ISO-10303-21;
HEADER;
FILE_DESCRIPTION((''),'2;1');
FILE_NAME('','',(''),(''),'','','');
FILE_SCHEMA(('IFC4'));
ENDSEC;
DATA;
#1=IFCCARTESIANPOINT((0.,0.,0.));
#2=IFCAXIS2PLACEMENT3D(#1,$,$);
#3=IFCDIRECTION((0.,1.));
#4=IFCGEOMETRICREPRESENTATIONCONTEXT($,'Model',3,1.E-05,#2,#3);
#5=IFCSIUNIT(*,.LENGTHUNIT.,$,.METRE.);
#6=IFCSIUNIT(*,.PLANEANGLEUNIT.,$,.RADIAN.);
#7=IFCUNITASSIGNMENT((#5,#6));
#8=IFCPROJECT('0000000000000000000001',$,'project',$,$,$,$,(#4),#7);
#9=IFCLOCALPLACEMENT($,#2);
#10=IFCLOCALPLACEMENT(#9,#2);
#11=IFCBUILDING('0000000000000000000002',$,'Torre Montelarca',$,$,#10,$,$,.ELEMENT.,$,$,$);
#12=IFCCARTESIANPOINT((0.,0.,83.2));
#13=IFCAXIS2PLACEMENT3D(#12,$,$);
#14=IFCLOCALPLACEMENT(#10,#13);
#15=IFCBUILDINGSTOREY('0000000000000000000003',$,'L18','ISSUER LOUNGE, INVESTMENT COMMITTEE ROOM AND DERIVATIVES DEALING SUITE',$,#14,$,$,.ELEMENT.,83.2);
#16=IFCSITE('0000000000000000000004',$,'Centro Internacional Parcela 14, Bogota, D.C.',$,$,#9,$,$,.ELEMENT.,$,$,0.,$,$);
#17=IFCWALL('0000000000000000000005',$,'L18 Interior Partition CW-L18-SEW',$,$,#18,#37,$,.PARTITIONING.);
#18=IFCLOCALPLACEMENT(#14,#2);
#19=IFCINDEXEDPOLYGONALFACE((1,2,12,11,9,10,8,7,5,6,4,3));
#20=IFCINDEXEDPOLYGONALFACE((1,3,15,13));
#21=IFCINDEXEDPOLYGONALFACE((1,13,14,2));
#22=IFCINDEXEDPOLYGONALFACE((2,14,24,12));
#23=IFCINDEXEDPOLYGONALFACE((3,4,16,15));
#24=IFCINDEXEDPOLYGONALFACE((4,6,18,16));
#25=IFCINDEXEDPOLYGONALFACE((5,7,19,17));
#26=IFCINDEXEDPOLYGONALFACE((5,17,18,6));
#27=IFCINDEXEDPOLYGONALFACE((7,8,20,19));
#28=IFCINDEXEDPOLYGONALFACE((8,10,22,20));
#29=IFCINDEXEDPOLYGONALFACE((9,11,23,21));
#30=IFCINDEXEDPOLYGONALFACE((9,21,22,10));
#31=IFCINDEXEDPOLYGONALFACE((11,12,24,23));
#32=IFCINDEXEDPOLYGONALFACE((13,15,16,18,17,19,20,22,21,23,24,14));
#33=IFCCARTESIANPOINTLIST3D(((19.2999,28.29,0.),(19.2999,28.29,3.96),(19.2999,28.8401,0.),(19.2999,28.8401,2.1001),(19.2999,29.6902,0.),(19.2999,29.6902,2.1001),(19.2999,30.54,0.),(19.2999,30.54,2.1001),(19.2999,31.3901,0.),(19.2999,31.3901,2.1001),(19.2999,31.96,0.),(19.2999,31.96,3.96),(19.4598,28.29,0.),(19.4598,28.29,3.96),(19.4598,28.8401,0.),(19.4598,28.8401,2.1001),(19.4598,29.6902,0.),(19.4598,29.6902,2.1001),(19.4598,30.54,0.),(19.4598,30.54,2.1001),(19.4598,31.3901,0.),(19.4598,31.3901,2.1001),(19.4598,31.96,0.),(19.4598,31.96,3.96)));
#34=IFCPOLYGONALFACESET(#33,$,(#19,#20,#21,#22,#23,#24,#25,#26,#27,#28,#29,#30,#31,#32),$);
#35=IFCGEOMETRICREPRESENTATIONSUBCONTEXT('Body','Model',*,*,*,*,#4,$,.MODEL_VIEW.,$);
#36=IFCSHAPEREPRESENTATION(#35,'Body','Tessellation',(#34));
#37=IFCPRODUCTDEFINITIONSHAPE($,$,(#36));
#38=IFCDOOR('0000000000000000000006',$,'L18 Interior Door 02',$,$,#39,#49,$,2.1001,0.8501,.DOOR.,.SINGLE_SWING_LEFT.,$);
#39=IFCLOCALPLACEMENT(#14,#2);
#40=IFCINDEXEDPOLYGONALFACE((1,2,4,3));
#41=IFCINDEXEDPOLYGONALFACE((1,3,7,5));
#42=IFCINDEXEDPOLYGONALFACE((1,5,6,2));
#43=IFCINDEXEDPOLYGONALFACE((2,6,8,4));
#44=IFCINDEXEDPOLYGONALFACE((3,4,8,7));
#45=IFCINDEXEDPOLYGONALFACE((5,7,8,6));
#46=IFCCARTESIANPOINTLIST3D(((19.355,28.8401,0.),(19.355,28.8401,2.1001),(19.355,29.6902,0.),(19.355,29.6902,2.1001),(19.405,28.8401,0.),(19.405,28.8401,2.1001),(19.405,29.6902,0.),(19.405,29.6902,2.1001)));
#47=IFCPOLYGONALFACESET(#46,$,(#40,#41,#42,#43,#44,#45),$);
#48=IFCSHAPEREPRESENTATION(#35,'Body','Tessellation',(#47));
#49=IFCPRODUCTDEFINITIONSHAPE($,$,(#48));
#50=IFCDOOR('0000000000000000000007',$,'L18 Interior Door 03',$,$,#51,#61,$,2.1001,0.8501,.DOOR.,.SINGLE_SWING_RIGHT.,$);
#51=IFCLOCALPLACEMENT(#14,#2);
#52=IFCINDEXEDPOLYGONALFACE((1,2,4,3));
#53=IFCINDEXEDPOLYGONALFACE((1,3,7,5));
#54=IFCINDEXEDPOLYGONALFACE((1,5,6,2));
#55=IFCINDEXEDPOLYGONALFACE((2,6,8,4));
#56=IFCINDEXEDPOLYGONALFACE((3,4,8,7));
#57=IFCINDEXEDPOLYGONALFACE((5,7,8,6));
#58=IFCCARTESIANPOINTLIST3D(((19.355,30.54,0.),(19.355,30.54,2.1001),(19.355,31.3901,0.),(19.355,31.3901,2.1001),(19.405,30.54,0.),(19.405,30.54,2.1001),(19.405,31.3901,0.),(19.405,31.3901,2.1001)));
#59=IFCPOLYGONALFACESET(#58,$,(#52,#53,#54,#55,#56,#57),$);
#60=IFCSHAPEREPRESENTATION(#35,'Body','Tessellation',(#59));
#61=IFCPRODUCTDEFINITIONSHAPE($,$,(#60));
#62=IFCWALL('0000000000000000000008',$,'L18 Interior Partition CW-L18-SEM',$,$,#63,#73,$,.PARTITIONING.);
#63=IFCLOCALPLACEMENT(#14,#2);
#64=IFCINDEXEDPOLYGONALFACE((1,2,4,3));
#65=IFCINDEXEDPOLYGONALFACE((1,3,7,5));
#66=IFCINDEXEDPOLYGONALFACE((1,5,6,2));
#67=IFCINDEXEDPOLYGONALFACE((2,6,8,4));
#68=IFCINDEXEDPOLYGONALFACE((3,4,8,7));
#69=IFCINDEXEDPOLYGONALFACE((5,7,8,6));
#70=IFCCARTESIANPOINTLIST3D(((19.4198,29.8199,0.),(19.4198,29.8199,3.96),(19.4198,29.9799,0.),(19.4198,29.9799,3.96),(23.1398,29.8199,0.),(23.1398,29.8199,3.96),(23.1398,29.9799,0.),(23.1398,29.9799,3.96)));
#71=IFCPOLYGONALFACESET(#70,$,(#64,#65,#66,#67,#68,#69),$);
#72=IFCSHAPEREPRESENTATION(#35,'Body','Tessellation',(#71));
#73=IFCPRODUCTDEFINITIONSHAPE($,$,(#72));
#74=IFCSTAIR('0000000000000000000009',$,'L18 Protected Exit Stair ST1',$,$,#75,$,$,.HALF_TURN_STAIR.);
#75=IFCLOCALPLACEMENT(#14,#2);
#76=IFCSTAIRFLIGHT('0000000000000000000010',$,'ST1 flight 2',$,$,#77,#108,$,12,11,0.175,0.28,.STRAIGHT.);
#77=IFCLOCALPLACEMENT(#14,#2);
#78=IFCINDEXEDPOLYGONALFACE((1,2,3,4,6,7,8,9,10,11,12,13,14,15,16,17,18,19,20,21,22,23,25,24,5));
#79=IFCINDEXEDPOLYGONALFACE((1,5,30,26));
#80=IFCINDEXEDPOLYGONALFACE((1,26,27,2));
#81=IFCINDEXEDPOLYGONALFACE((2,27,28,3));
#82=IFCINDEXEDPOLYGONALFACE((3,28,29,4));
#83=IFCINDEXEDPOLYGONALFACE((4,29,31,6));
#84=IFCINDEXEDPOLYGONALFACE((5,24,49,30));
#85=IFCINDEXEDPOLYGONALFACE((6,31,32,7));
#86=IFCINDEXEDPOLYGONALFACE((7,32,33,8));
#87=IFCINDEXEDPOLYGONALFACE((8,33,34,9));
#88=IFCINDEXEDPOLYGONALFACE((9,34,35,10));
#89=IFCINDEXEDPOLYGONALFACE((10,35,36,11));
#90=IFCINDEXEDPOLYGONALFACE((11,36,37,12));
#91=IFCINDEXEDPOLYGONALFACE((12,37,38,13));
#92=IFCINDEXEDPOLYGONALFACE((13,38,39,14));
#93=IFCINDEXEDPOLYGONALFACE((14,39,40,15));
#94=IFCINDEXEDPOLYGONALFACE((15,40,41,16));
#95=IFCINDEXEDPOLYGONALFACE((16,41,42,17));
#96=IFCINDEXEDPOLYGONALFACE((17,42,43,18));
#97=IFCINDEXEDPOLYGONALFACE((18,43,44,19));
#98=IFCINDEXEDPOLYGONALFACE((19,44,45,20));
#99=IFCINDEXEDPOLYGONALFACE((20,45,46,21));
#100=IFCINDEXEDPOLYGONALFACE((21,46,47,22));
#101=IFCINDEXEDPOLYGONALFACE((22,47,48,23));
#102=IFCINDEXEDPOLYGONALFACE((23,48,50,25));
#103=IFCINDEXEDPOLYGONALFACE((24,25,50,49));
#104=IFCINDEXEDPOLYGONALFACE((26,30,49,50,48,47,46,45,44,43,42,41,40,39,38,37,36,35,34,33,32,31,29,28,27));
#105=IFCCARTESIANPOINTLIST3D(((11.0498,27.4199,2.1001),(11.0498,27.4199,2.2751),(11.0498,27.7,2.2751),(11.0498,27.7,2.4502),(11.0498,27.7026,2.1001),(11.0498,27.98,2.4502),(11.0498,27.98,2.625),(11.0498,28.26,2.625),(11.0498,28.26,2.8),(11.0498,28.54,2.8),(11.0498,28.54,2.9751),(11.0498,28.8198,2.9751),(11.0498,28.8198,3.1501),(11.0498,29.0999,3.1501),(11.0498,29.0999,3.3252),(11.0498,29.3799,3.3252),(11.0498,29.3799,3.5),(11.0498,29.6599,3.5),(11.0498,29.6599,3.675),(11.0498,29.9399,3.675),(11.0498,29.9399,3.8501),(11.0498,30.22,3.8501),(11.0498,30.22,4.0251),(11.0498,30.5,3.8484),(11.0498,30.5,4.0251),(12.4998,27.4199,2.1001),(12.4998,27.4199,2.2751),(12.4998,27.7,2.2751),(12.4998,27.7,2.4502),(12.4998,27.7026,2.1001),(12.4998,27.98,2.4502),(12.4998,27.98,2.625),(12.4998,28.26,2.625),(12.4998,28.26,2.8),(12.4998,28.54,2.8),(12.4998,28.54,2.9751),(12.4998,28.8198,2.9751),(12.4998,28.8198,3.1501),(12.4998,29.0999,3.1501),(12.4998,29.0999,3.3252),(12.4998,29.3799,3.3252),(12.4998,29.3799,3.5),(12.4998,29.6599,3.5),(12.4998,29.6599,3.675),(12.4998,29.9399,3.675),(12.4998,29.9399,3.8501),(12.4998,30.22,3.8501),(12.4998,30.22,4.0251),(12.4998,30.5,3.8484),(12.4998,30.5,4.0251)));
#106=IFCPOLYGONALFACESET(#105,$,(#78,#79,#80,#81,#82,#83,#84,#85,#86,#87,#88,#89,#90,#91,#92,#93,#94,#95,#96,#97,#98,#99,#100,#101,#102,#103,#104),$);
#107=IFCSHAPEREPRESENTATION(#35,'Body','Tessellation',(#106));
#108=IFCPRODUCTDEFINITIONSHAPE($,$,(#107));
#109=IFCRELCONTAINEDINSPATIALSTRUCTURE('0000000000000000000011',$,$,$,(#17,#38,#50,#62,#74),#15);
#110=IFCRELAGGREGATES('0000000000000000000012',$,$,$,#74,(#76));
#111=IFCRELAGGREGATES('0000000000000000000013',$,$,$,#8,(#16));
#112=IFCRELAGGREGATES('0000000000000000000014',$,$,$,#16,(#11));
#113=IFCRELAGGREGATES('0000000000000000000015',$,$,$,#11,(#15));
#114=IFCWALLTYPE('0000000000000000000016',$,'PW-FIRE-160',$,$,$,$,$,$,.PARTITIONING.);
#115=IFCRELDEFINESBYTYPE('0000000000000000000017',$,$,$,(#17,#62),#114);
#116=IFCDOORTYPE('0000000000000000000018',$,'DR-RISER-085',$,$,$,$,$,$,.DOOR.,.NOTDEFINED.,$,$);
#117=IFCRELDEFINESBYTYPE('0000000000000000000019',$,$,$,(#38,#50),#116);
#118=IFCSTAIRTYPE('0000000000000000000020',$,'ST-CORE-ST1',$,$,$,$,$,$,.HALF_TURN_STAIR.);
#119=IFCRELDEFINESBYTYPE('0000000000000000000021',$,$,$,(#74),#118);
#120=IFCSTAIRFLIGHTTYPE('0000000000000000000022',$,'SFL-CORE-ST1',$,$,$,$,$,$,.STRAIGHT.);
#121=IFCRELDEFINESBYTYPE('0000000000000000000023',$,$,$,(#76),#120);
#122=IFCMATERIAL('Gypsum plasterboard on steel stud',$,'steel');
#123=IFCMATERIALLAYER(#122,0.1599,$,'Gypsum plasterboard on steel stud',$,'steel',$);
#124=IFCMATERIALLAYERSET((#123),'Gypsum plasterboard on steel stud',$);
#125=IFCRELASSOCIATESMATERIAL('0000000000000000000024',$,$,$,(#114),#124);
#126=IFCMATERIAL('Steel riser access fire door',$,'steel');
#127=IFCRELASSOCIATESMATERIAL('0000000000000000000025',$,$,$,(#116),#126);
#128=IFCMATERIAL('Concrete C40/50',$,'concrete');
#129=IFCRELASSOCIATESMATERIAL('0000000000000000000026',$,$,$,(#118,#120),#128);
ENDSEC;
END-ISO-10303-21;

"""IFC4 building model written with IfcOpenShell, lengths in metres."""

from ifc_helpers import new_model, si_unit, direction, frame, frame_2d, origin, place, context, subcontext, project, spatial, polyline, rectangle, outline, extrude, source, transform, mapped, material, layer, layer_set, type_object, element, fill, aggregate, save


model = new_model("IFC4")

# Units and contexts
model_context = context("Model", 3, precision=1e-05, world=origin(), true_north=direction((0.0, 1.0)))
body_context = subcontext(model_context, "Body", "Model", "MODEL_VIEW")
ifc_project = project(units=[si_unit("LENGTHUNIT", "METRE"), si_unit("PLANEANGLEUNIT", "RADIAN")], contexts=[model_context])

# Site, building, storey
site_placement = place(None, origin())
site = spatial("IfcSite", under=ifc_project, at=site_placement, Name="Centro Internacional Parcela 14, Bogota, D.C.", CompositionType="ELEMENT", RefElevation=0.0)
building_placement = place(site_placement, origin())
building = spatial("IfcBuilding", under=site, at=building_placement, Name="Torre Montelarca", CompositionType="ELEMENT")
storey_placement = place(building_placement, frame((0.0, 0.0, 83.2)))
storey = spatial("IfcBuildingStorey", under=building, at=storey_placement, Name="L18", Description="ISSUER LOUNGE, INVESTMENT COMMITTEE ROOM AND DERIVATIVES DEALING SUITE", CompositionType="ELEMENT", Elevation=83.2)

# Shared definitions
ifc_material_1 = material(Name="Concrete C40/50", Category="concrete")

# Shared definitions
ifc_material_2 = material(Name="Gypsum plasterboard on steel stud", Category="steel")
ifc_layer_1 = layer(ifc_material_2, 0.1599, Name="Gypsum plasterboard on steel stud", Category="steel")
ifc_layer_set_1 = layer_set([ifc_layer_1], Name="Gypsum plasterboard on steel stud")
wall_type_1 = type_object("IfcWallType", Name="PW-FIRE-160", PredefinedType="PARTITIONING", material=ifc_layer_set_1)

# Wall, openings, doors
wall_1_placement = place(storey_placement, frame((19.3799, 28.29, 0.0), z_axis=(0.0, 0.0, 1.0), x_axis=(0.0, 1.0, 0.0)))
wall_1 = element("IfcWall", 1, at=wall_1_placement, inside=storey, type_object=wall_type_1, Name="L18 Interior Partition CW-L18-SEW", PredefinedType="PARTITIONING", context=body_context, shape_type="SweptSolid", body=[
    extrude(rectangle(XDim=3.6699, YDim=0.1599, at=frame_2d((1.835, 0.0))), origin(), (0.0, 0.0, 1.0), 3.96),
])
opening_1_placement = place(wall_1_placement, frame((0.55, 0.0, 0.0)))
opening_1 = element("IfcOpeningElement", 2, at=opening_1_placement, cuts=wall_1, PredefinedType="OPENING", context=body_context, shape_type="SweptSolid", body=[
    extrude(rectangle(XDim=0.8501, YDim=2.1001, at=frame_2d((0.425, 1.05))), frame((0.0, 0.0898, 0.0), z_axis=(0.0, -1.0, 0.0), x_axis=(1.0, 0.0, 0.0)), (0.0, 0.0, 1.0), 0.1799),
])
opening_2_placement = place(wall_1_placement, frame((2.25, 0.0, 0.0)))
opening_2 = element("IfcOpeningElement", 3, at=opening_2_placement, cuts=wall_1, PredefinedType="OPENING", context=body_context, shape_type="SweptSolid", body=[
    extrude(rectangle(XDim=0.8501, YDim=2.1001, at=frame_2d((0.425, 1.05))), frame((0.0, 0.0898, 0.0), z_axis=(0.0, -1.0, 0.0), x_axis=(1.0, 0.0, 0.0)), (0.0, 0.0, 1.0), 0.1799),
])
ifc_material_3 = material(Name="Steel riser access fire door", Category="steel")
door_type_1 = type_object("IfcDoorType", Name="DR-RISER-085", OperationType="NOTDEFINED", PredefinedType="DOOR", material=ifc_material_3)
shared_shape_1 = source(origin(), body_context, "Body", "SweptSolid", [
    extrude(rectangle(XDim=0.8501, YDim=2.1001, at=frame_2d((0.425, 1.05))), frame((0.0, 0.0249, 0.0), z_axis=(0.0, -1.0, 0.0), x_axis=(1.0, 0.0, 0.0)), (0.0, 0.0, 1.0), 0.05),
])
door_1_placement = place(opening_1_placement, origin())
door_1 = element("IfcDoor", 4, at=door_1_placement, inside=storey, type_object=door_type_1, Name="L18 Interior Door 02", OperationType="SINGLE_SWING_LEFT", OverallHeight=2.1001, OverallWidth=0.8501, PredefinedType="DOOR", context=body_context, shape_type="MappedRepresentation", body=[
    mapped(shared_shape_1, transform((0.0, 0.0, 0.0), scale=1.0)),
])
fill(opening_1, door_1)
door_2_placement = place(opening_2_placement, origin())
door_2 = element("IfcDoor", 5, at=door_2_placement, inside=storey, type_object=door_type_1, Name="L18 Interior Door 03", OperationType="SINGLE_SWING_RIGHT", OverallHeight=2.1001, OverallWidth=0.8501, PredefinedType="DOOR", context=body_context, shape_type="MappedRepresentation", body=[
    mapped(shared_shape_1, transform((0.0, 0.0, 0.0), scale=1.0)),
])
fill(opening_2, door_2)

# Wall
wall_2_placement = place(storey_placement, frame((19.4199, 29.8999, 0.0), z_axis=(0.0, 0.0, 1.0), x_axis=(1.0, 0.0, 0.0)))
element("IfcWall", 6, at=wall_2_placement, inside=storey, type_object=wall_type_1, Name="L18 Interior Partition CW-L18-SEM", PredefinedType="PARTITIONING", context=body_context, shape_type="SweptSolid", body=[
    extrude(rectangle(XDim=3.72, YDim=0.1599, at=frame_2d((1.8599, 0.0))), origin(), (0.0, 0.0, 1.0), 3.96),
])

# Stair, stair flight
stair_type = type_object("IfcStairType", Name="ST-CORE-ST1", PredefinedType="HALF_TURN_STAIR", material=ifc_material_1)
stair_placement = place(storey_placement, origin())
stair = element("IfcStair", 7, at=stair_placement, inside=storey, type_object=stair_type, Name="L18 Protected Exit Stair ST1", PredefinedType="HALF_TURN_STAIR")
stair_flight_type = type_object("IfcStairFlightType", Name="SFL-CORE-ST1", PredefinedType="STRAIGHT", material=ifc_material_1)
stair_flight_placement = place(storey_placement, frame((11.7749, 27.4199, 2.1001), z_axis=(0.0, 0.0, 1.0), x_axis=(0.0, 1.0, 0.0)))
stair_flight = element("IfcStairFlight", 8, at=stair_flight_placement, type_object=stair_flight_type, Name="ST1 flight 2", NumberOfRisers=12, NumberOfTreads=11, PredefinedType="STRAIGHT", RiserHeight=0.175, TreadLength=0.28, context=body_context, shape_type="SweptSolid", body=[
    extrude(outline(polyline([(0.0, 0.0), (0.0, 0.175), (0.28, 0.175), (0.28, 0.3501), (0.5601, 0.3501), (0.5601, 0.5249), (0.8401, 0.5249), (0.8401, 0.7), (1.1201, 0.7), (1.1201, 0.875), (1.3999, 0.875), (1.3999, 1.05), (1.6799, 1.05), (1.6799, 1.2251), (1.96, 1.2251), (1.96, 1.3999), (2.24, 1.3999), (2.24, 1.575), (2.52, 1.575), (2.52, 1.75), (2.8, 1.75), (2.8, 1.925), (3.0801, 1.925), (3.0801, 2.1001), (3.0801, 1.7483), (0.2827, 0.0), (0.0, 0.0)])), frame((0.0, 0.7251, 0.0), z_axis=(0.0, -1.0, 0.0), x_axis=(1.0, 0.0, 0.0)), (0.0, 0.0, 1.0), 1.45),
])
aggregate(stair, [stair_flight])

save(model, "model.ifc")
